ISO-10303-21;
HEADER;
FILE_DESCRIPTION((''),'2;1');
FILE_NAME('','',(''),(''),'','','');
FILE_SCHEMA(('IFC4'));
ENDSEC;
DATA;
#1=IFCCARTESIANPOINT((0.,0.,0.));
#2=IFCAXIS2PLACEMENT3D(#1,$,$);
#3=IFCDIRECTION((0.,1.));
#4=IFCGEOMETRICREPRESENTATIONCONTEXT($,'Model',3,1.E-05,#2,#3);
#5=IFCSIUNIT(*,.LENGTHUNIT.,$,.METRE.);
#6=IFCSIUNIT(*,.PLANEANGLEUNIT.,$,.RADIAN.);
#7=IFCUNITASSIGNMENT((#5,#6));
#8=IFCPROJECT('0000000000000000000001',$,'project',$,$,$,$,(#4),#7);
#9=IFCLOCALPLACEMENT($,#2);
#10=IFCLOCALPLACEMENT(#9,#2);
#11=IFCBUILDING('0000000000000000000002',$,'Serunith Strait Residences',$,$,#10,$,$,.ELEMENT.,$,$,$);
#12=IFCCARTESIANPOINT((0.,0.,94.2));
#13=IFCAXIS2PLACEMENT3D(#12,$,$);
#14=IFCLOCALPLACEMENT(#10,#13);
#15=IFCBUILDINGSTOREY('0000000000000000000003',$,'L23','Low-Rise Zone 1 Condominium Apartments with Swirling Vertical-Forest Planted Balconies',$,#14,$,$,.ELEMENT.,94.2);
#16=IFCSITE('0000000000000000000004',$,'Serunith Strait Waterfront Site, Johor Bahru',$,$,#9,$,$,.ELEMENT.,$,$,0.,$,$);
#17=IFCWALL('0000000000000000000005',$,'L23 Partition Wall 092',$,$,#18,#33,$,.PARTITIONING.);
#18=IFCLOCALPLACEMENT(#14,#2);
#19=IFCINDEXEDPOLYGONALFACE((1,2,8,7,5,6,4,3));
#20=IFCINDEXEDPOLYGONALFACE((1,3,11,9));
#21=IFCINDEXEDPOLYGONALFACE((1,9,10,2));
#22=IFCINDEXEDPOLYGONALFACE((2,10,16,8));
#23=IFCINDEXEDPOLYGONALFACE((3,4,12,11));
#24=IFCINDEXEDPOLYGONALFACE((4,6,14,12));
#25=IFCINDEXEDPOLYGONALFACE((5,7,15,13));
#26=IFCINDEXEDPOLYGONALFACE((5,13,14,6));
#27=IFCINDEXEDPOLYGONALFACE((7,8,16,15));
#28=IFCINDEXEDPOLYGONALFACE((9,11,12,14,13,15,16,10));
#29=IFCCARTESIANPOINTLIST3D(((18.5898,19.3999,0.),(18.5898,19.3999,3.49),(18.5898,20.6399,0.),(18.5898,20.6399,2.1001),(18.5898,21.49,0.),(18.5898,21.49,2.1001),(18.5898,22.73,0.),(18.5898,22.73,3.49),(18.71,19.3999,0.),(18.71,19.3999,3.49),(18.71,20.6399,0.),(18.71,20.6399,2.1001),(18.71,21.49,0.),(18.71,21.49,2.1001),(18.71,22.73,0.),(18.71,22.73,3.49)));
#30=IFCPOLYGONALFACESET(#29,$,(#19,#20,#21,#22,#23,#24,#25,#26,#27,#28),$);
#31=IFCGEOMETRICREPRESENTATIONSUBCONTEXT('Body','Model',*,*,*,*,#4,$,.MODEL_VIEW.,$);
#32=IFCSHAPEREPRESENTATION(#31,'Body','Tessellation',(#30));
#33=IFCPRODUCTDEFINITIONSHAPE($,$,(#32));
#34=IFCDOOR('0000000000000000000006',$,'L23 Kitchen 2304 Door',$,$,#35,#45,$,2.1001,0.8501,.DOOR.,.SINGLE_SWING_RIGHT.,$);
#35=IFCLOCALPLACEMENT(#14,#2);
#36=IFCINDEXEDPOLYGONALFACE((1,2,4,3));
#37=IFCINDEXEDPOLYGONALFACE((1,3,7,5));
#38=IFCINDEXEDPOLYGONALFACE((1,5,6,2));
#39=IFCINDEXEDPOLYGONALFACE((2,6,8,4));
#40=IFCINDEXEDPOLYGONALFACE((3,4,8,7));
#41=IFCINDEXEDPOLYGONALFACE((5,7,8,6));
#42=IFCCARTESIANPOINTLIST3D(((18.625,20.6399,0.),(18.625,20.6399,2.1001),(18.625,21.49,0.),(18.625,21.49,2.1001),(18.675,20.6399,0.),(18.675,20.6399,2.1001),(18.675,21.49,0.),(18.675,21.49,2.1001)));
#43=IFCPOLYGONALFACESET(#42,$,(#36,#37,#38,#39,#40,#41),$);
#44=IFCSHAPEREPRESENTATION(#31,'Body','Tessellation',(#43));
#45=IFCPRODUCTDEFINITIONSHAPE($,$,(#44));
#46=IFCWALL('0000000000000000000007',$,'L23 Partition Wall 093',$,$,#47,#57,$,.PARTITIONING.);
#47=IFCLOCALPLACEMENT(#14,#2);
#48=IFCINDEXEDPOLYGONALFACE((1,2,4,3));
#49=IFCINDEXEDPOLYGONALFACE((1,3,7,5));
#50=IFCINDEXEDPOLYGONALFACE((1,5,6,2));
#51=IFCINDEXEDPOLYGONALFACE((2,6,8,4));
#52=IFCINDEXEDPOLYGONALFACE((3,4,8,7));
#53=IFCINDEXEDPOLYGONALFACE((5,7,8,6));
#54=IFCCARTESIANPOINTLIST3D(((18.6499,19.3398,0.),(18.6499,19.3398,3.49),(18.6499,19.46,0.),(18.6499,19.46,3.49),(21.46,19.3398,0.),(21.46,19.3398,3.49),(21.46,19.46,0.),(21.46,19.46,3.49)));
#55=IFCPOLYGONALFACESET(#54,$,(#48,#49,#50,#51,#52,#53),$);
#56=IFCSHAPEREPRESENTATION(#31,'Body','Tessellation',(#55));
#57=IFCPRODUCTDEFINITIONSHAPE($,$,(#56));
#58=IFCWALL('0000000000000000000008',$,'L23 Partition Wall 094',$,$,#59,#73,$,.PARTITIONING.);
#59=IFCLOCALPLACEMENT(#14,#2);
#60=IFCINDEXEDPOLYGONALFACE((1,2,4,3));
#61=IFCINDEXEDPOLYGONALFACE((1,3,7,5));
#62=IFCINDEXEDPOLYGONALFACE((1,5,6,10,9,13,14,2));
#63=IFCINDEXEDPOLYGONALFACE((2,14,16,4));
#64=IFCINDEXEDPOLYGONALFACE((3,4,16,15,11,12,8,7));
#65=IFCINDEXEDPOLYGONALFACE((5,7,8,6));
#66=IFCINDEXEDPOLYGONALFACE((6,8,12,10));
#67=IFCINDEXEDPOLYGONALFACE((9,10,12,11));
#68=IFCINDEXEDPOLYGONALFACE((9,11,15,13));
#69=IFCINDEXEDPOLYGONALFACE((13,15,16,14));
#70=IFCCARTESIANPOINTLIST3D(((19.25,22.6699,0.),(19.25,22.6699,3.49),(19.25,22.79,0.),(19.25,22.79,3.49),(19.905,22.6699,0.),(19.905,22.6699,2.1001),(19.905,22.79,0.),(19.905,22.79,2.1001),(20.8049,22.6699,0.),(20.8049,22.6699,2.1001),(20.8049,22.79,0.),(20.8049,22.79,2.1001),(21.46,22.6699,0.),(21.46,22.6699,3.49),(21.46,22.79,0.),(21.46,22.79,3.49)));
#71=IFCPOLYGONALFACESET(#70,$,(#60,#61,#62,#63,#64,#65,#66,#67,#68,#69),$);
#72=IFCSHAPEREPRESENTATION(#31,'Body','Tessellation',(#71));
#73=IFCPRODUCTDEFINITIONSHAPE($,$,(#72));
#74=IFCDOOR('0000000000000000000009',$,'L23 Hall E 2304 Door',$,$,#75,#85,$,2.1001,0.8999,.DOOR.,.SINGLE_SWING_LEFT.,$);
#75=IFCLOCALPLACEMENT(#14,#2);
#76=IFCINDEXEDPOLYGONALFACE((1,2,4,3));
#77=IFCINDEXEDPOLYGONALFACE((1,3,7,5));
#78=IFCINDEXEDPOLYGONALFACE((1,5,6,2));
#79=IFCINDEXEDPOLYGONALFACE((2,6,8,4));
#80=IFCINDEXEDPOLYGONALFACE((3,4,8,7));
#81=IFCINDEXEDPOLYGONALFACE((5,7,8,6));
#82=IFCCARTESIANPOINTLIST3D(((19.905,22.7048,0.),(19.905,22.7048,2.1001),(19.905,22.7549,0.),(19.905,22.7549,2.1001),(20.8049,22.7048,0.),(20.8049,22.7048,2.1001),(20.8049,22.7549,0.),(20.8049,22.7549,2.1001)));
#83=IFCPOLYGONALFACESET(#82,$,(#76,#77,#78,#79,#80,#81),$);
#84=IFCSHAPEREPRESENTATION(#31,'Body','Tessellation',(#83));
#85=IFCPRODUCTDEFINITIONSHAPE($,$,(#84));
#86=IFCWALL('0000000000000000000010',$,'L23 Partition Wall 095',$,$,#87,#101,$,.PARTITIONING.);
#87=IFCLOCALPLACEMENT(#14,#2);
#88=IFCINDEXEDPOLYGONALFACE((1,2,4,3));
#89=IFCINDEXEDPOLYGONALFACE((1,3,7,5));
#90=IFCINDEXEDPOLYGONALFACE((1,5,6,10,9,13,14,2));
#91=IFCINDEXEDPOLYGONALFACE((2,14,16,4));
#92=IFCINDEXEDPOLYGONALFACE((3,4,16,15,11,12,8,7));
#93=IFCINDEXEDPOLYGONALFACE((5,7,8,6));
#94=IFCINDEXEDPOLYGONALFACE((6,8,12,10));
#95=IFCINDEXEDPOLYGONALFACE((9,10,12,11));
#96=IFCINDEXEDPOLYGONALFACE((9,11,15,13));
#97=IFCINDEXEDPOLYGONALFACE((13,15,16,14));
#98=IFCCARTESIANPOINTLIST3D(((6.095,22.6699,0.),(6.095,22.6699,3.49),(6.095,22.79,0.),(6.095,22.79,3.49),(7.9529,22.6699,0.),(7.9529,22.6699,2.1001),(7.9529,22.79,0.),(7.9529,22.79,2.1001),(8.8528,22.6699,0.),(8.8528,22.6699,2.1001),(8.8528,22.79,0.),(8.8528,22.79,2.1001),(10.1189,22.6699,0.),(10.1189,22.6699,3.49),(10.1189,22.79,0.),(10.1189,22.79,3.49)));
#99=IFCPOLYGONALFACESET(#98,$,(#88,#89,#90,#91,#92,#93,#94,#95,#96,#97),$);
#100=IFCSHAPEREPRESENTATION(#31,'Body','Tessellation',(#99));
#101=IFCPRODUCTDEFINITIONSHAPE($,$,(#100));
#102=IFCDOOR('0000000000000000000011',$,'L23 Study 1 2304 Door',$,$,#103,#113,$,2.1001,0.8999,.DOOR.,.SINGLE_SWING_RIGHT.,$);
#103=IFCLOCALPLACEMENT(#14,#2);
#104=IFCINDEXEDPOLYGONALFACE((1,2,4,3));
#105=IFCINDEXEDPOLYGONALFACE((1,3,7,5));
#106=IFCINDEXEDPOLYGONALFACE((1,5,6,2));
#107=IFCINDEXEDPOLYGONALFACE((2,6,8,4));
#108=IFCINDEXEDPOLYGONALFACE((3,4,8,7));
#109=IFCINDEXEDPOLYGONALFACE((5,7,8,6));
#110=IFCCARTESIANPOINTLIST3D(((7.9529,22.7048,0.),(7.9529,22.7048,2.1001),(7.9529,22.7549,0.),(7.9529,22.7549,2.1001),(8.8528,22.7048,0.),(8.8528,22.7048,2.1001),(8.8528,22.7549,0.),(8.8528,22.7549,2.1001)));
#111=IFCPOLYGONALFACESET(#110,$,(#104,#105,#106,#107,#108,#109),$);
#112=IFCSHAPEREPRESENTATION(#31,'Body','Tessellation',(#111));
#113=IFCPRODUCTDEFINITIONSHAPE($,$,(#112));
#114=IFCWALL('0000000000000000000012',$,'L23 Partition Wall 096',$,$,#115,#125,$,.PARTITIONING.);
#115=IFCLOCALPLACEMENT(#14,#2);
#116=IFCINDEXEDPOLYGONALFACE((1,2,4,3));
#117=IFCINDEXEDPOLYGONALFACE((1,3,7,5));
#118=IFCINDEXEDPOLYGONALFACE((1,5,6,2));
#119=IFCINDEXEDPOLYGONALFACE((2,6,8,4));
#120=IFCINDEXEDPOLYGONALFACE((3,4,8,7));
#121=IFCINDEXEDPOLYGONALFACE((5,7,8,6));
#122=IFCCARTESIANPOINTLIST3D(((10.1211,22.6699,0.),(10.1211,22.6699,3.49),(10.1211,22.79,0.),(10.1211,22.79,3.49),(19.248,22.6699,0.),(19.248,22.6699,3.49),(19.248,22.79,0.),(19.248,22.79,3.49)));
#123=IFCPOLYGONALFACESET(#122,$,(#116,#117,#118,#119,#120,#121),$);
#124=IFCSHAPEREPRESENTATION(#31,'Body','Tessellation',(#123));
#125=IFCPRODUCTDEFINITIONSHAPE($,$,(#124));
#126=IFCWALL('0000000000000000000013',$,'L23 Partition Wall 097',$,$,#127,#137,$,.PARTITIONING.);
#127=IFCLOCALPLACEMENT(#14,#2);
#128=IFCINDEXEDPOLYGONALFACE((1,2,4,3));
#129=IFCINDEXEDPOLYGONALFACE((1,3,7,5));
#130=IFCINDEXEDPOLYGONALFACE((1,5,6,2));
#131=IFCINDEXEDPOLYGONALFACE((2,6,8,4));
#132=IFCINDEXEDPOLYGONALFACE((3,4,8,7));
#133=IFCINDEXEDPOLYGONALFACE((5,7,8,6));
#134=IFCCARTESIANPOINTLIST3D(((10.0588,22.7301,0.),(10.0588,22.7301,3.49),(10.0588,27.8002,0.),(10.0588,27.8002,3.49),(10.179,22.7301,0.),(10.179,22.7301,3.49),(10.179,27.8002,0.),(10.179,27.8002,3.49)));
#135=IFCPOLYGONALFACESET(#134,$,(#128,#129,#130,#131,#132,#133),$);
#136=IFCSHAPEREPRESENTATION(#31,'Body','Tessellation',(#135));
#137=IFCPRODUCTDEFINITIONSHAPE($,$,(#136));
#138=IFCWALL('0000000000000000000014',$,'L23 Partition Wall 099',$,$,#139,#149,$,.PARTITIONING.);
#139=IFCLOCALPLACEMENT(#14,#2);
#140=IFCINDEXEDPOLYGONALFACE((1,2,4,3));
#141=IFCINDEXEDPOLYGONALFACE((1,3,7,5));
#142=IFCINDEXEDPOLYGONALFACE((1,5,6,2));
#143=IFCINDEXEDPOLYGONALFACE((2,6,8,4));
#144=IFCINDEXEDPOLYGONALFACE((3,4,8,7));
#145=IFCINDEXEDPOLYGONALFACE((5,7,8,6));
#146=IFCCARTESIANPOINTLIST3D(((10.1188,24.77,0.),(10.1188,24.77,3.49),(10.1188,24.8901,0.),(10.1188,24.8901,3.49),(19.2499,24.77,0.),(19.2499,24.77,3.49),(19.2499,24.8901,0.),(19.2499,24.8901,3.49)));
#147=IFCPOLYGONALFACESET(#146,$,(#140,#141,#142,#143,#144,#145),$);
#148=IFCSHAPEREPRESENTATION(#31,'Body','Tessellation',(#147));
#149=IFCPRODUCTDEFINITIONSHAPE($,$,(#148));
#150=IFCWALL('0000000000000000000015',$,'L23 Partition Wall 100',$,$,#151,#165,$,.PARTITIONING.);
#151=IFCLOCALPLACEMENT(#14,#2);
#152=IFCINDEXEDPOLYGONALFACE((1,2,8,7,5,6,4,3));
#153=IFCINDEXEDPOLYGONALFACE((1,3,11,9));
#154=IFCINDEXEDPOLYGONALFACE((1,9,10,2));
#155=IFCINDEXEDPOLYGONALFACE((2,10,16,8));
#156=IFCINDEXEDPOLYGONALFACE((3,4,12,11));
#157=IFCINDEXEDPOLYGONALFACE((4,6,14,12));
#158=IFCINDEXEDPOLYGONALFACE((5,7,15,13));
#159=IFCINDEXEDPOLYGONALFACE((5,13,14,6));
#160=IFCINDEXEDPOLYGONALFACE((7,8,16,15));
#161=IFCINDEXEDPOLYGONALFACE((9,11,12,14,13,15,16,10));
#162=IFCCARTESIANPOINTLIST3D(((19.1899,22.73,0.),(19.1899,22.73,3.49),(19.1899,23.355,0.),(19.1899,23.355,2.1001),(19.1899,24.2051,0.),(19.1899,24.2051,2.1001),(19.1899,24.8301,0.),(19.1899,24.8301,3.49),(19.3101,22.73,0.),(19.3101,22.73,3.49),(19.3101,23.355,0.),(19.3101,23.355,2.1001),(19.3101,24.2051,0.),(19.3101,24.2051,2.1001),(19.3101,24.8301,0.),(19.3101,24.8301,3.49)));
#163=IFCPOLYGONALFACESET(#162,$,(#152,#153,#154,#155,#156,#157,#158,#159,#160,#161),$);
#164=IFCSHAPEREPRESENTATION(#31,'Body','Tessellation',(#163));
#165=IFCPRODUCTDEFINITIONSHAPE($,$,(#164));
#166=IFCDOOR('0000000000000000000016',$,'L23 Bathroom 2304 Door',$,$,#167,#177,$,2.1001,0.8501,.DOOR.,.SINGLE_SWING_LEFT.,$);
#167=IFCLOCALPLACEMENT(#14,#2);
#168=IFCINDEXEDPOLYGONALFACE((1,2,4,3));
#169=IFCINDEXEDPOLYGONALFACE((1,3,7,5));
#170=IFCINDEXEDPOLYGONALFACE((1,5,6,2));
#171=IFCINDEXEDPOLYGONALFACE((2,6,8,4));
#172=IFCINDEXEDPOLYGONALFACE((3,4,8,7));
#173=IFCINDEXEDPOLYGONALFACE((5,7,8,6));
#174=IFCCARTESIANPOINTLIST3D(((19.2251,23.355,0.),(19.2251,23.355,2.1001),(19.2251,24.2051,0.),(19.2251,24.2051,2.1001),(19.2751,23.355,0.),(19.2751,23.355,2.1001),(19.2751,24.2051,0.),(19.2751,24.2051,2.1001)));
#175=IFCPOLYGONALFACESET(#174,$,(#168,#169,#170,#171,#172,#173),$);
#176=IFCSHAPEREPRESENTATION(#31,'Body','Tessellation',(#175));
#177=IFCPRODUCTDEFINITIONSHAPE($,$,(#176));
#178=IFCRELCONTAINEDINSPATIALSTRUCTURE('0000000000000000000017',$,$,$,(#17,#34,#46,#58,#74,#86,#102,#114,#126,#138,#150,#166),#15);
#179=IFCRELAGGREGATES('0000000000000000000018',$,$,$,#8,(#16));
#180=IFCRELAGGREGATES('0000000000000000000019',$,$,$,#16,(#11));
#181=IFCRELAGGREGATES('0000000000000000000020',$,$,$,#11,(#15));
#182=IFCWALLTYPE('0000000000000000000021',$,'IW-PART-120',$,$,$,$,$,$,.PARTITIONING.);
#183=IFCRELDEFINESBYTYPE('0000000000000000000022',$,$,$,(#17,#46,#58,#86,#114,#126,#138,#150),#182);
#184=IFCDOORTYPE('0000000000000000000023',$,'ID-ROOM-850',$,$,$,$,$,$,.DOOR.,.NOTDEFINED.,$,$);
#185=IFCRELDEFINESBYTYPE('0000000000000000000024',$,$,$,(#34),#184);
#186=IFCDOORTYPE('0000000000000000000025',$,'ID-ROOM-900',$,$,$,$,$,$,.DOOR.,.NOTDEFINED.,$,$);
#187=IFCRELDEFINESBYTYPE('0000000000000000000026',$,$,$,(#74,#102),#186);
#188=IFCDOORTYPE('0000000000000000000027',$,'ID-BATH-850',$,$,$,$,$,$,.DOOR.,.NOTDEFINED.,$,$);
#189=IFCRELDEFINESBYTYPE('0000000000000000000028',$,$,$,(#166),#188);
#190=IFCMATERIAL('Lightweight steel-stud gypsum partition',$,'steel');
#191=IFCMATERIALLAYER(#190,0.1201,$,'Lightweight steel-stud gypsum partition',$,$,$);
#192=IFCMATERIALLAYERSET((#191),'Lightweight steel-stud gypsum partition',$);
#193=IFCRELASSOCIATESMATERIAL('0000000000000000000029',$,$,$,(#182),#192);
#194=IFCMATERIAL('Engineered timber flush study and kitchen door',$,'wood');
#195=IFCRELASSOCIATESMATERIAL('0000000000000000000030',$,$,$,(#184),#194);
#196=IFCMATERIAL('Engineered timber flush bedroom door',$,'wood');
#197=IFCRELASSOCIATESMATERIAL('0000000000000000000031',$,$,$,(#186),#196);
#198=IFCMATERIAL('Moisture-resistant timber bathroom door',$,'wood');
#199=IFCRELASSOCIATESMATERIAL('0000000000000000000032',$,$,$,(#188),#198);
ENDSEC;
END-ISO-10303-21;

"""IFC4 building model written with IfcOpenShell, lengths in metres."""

from ifc_helpers import new_model, si_unit, direction, frame, frame_2d, origin, place, context, subcontext, project, spatial, rectangle, extrude, source, transform, mapped, material, layer, layer_set, type_object, element, fill, save


model = new_model("IFC4")

# Units and contexts
model_context = context("Model", 3, precision=1e-05, world=origin(), true_north=direction((0.0, 1.0)))
body_context = subcontext(model_context, "Body", "Model", "MODEL_VIEW")
ifc_project = project(units=[si_unit("LENGTHUNIT", "METRE"), si_unit("PLANEANGLEUNIT", "RADIAN")], contexts=[model_context])

# Site, building, storey
site_placement = place(None, origin())
site = spatial("IfcSite", under=ifc_project, at=site_placement, Name="Serunith Strait Waterfront Site, Johor Bahru", CompositionType="ELEMENT", RefElevation=0.0)
building_placement = place(site_placement, origin())
building = spatial("IfcBuilding", under=site, at=building_placement, Name="Serunith Strait Residences", CompositionType="ELEMENT")
storey_placement = place(building_placement, frame((0.0, 0.0, 94.2)))
storey = spatial("IfcBuildingStorey", under=building, at=storey_placement, Name="L23", Description="Low-Rise Zone 1 Condominium Apartments with Swirling Vertical-Forest Planted Balconies", CompositionType="ELEMENT", Elevation=94.2)

# Wall, opening, door
ifc_material_1 = material(Name="Lightweight steel-stud gypsum partition", Category="steel")
ifc_layer_1 = layer(ifc_material_1, 0.1201, Name="Lightweight steel-stud gypsum partition")
ifc_layer_set_1 = layer_set([ifc_layer_1], Name="Lightweight steel-stud gypsum partition")
wall_type_1 = type_object("IfcWallType", Name="IW-PART-120", PredefinedType="PARTITIONING", material=ifc_layer_set_1)
wall_1_placement = place(storey_placement, frame((18.6499, 19.3999, 0.0), z_axis=(0.0, 0.0, 1.0), x_axis=(0.0, 1.0, 0.0)))
wall_1 = element("IfcWall", 1, at=wall_1_placement, inside=storey, type_object=wall_type_1, Name="L23 Partition Wall 092", PredefinedType="PARTITIONING", context=body_context, shape_type="SweptSolid", body=[
    extrude(rectangle(XDim=3.3301, YDim=0.1201, at=frame_2d((1.665, 0.0))), origin(), (0.0, 0.0, 1.0), 3.49),
])
opening_1_placement = place(wall_1_placement, frame((1.24, 0.0, 0.0)))
opening_1 = element("IfcOpeningElement", 2, at=opening_1_placement, cuts=wall_1, PredefinedType="OPENING", context=body_context, shape_type="SweptSolid", body=[
    extrude(rectangle(XDim=0.8501, YDim=2.1001, at=frame_2d((0.425, 1.05))), frame((0.0, 0.0701, 0.0), z_axis=(0.0, -1.0, 0.0), x_axis=(1.0, 0.0, 0.0)), (0.0, 0.0, 1.0), 0.1401),
])
ifc_material_2 = material(Name="Engineered timber flush study and kitchen door", Category="wood")
door_type_1 = type_object("IfcDoorType", Name="ID-ROOM-850", OperationType="NOTDEFINED", PredefinedType="DOOR", material=ifc_material_2)
shared_shape_1 = source(origin(), body_context, "Body", "SweptSolid", [
    extrude(rectangle(XDim=0.8501, YDim=2.1001, at=frame_2d((0.425, 1.05))), frame((0.0, 0.0249, 0.0), z_axis=(0.0, -1.0, 0.0), x_axis=(1.0, 0.0, 0.0)), (0.0, 0.0, 1.0), 0.05),
])
door_1_placement = place(opening_1_placement, origin())
door_1 = element("IfcDoor", 3, at=door_1_placement, inside=storey, type_object=door_type_1, Name="L23 Kitchen 2304 Door", OperationType="SINGLE_SWING_RIGHT", OverallHeight=2.1001, OverallWidth=0.8501, PredefinedType="DOOR", context=body_context, shape_type="MappedRepresentation", body=[
    mapped(shared_shape_1, transform((0.0, 0.0, 0.0), scale=1.0)),
])
fill(opening_1, door_1)

# Wall
wall_2_placement = place(storey_placement, frame((18.6499, 19.3999, 0.0), z_axis=(0.0, 0.0, 1.0), x_axis=(1.0, 0.0, 0.0)))
element("IfcWall", 4, at=wall_2_placement, inside=storey, type_object=wall_type_1, Name="L23 Partition Wall 093", PredefinedType="PARTITIONING", context=body_context, shape_type="SweptSolid", body=[
    extrude(rectangle(XDim=2.8101, YDim=0.1201, at=frame_2d((1.405, 0.0))), origin(), (0.0, 0.0, 1.0), 3.49),
])

# Walls, openings, doors
wall_3_placement = place(storey_placement, frame((19.25, 22.73, 0.0), z_axis=(0.0, 0.0, 1.0), x_axis=(1.0, 0.0, 0.0)))
wall_3 = element("IfcWall", 5, at=wall_3_placement, inside=storey, type_object=wall_type_1, Name="L23 Partition Wall 094", PredefinedType="PARTITIONING", context=body_context, shape_type="SweptSolid", body=[
    extrude(rectangle(XDim=2.21, YDim=0.1201, at=frame_2d((1.105, 0.0))), origin(), (0.0, 0.0, 1.0), 3.49),
])
opening_2_placement = place(wall_3_placement, frame((0.655, 0.0, 0.0)))
opening_2 = element("IfcOpeningElement", 6, at=opening_2_placement, cuts=wall_3, PredefinedType="OPENING", context=body_context, shape_type="SweptSolid", body=[
    extrude(rectangle(XDim=0.8999, YDim=2.1001, at=frame_2d((0.45, 1.05))), frame((0.0, 0.0701, 0.0), z_axis=(0.0, -1.0, 0.0), x_axis=(1.0, 0.0, 0.0)), (0.0, 0.0, 1.0), 0.1401),
])
ifc_material_3 = material(Name="Engineered timber flush bedroom door", Category="wood")
door_type_2 = type_object("IfcDoorType", Name="ID-ROOM-900", OperationType="NOTDEFINED", PredefinedType="DOOR", material=ifc_material_3)
shared_shape_2 = source(origin(), body_context, "Body", "SweptSolid", [
    extrude(rectangle(XDim=0.8999, YDim=2.1001, at=frame_2d((0.45, 1.05))), frame((0.0, 0.0249, 0.0), z_axis=(0.0, -1.0, 0.0), x_axis=(1.0, 0.0, 0.0)), (0.0, 0.0, 1.0), 0.05),
])
door_2_placement = place(opening_2_placement, origin())
door_2 = element("IfcDoor", 7, at=door_2_placement, inside=storey, type_object=door_type_2, Name="L23 Hall E 2304 Door", OperationType="SINGLE_SWING_LEFT", OverallHeight=2.1001, OverallWidth=0.8999, PredefinedType="DOOR", context=body_context, shape_type="MappedRepresentation", body=[
    mapped(shared_shape_2, transform((0.0, 0.0, 0.0), scale=1.0)),
])
fill(opening_2, door_2)
wall_4_placement = place(storey_placement, frame((6.095, 22.73, 0.0), z_axis=(0.0, 0.0, 1.0), x_axis=(1.0, 0.0, 0.0)))
wall_4 = element("IfcWall", 8, at=wall_4_placement, inside=storey, type_object=wall_type_1, Name="L23 Partition Wall 095", PredefinedType="PARTITIONING", context=body_context, shape_type="SweptSolid", body=[
    extrude(rectangle(XDim=4.0239, YDim=0.1201, at=frame_2d((2.012, 0.0))), origin(), (0.0, 0.0, 1.0), 3.49),
])
opening_3_placement = place(wall_4_placement, frame((1.8579, 0.0, 0.0)))
opening_3 = element("IfcOpeningElement", 9, at=opening_3_placement, cuts=wall_4, PredefinedType="OPENING", context=body_context, shape_type="SweptSolid", body=[
    extrude(rectangle(XDim=0.8999, YDim=2.1001, at=frame_2d((0.45, 1.05))), frame((0.0, 0.0701, 0.0), z_axis=(0.0, -1.0, 0.0), x_axis=(1.0, 0.0, 0.0)), (0.0, 0.0, 1.0), 0.1401),
])
door_3_placement = place(opening_3_placement, origin())
door_3 = element("IfcDoor", 10, at=door_3_placement, inside=storey, type_object=door_type_2, Name="L23 Study 1 2304 Door", OperationType="SINGLE_SWING_RIGHT", OverallHeight=2.1001, OverallWidth=0.8999, PredefinedType="DOOR", context=body_context, shape_type="MappedRepresentation", body=[
    mapped(shared_shape_2, transform((0.0, 0.0, 0.0), scale=1.0)),
])
fill(opening_3, door_3)

# Walls
wall_5_placement = place(storey_placement, frame((10.1211, 22.73, 0.0), z_axis=(0.0, 0.0, 1.0), x_axis=(1.0, 0.0, 0.0)))
element("IfcWall", 11, at=wall_5_placement, inside=storey, type_object=wall_type_1, Name="L23 Partition Wall 096", PredefinedType="PARTITIONING", context=body_context, shape_type="SweptSolid", body=[
    extrude(rectangle(XDim=9.127, YDim=0.1201, at=frame_2d((4.5635, 0.0))), origin(), (0.0, 0.0, 1.0), 3.49),
])
wall_6_placement = place(storey_placement, frame((10.1189, 22.73, 0.0), z_axis=(0.0, 0.0, 1.0), x_axis=(0.0, 1.0, 0.0)))
element("IfcWall", 12, at=wall_6_placement, inside=storey, type_object=wall_type_1, Name="L23 Partition Wall 097", PredefinedType="PARTITIONING", context=body_context, shape_type="SweptSolid", body=[
    extrude(rectangle(XDim=5.0701, YDim=0.1201, at=frame_2d((2.5352, 0.0))), origin(), (0.0, 0.0, 1.0), 3.49),
])
wall_7_placement = place(storey_placement, frame((10.1189, 24.8301, 0.0), z_axis=(0.0, 0.0, 1.0), x_axis=(1.0, 0.0, 0.0)))
element("IfcWall", 13, at=wall_7_placement, inside=storey, type_object=wall_type_1, Name="L23 Partition Wall 099", PredefinedType="PARTITIONING", context=body_context, shape_type="SweptSolid", body=[
    extrude(rectangle(XDim=9.1311, YDim=0.1201, at=frame_2d((4.5654, 0.0))), origin(), (0.0, 0.0, 1.0), 3.49),
])

# Wall, opening, door
wall_8_placement = place(storey_placement, frame((19.25, 22.73, 0.0), z_axis=(0.0, 0.0, 1.0), x_axis=(0.0, 1.0, 0.0)))
wall_8 = element("IfcWall", 14, at=wall_8_placement, inside=storey, type_object=wall_type_1, Name="L23 Partition Wall 100", PredefinedType="PARTITIONING", context=body_context, shape_type="SweptSolid", body=[
    extrude(rectangle(XDim=2.1001, YDim=0.1201, at=frame_2d((1.05, 0.0))), origin(), (0.0, 0.0, 1.0), 3.49),
])
opening_4_placement = place(wall_8_placement, frame((0.625, 0.0, 0.0)))
opening_4 = element("IfcOpeningElement", 15, at=opening_4_placement, cuts=wall_8, PredefinedType="OPENING", context=body_context, shape_type="SweptSolid", body=[
    extrude(rectangle(XDim=0.8501, YDim=2.1001, at=frame_2d((0.425, 1.05))), frame((0.0, 0.0701, 0.0), z_axis=(0.0, -1.0, 0.0), x_axis=(1.0, 0.0, 0.0)), (0.0, 0.0, 1.0), 0.1401),
])
ifc_material_4 = material(Name="Moisture-resistant timber bathroom door", Category="wood")
door_type_3 = type_object("IfcDoorType", Name="ID-BATH-850", OperationType="NOTDEFINED", PredefinedType="DOOR", material=ifc_material_4)
door_4_placement = place(opening_4_placement, origin())
door_4 = element("IfcDoor", 16, at=door_4_placement, inside=storey, type_object=door_type_3, Name="L23 Bathroom 2304 Door", OperationType="SINGLE_SWING_LEFT", OverallHeight=2.1001, OverallWidth=0.8501, PredefinedType="DOOR", context=body_context, shape_type="MappedRepresentation", body=[
    mapped(shared_shape_1, transform((0.0, 0.0, 0.0), scale=1.0)),
])
fill(opening_4, door_4)

save(model, "model.ifc")
